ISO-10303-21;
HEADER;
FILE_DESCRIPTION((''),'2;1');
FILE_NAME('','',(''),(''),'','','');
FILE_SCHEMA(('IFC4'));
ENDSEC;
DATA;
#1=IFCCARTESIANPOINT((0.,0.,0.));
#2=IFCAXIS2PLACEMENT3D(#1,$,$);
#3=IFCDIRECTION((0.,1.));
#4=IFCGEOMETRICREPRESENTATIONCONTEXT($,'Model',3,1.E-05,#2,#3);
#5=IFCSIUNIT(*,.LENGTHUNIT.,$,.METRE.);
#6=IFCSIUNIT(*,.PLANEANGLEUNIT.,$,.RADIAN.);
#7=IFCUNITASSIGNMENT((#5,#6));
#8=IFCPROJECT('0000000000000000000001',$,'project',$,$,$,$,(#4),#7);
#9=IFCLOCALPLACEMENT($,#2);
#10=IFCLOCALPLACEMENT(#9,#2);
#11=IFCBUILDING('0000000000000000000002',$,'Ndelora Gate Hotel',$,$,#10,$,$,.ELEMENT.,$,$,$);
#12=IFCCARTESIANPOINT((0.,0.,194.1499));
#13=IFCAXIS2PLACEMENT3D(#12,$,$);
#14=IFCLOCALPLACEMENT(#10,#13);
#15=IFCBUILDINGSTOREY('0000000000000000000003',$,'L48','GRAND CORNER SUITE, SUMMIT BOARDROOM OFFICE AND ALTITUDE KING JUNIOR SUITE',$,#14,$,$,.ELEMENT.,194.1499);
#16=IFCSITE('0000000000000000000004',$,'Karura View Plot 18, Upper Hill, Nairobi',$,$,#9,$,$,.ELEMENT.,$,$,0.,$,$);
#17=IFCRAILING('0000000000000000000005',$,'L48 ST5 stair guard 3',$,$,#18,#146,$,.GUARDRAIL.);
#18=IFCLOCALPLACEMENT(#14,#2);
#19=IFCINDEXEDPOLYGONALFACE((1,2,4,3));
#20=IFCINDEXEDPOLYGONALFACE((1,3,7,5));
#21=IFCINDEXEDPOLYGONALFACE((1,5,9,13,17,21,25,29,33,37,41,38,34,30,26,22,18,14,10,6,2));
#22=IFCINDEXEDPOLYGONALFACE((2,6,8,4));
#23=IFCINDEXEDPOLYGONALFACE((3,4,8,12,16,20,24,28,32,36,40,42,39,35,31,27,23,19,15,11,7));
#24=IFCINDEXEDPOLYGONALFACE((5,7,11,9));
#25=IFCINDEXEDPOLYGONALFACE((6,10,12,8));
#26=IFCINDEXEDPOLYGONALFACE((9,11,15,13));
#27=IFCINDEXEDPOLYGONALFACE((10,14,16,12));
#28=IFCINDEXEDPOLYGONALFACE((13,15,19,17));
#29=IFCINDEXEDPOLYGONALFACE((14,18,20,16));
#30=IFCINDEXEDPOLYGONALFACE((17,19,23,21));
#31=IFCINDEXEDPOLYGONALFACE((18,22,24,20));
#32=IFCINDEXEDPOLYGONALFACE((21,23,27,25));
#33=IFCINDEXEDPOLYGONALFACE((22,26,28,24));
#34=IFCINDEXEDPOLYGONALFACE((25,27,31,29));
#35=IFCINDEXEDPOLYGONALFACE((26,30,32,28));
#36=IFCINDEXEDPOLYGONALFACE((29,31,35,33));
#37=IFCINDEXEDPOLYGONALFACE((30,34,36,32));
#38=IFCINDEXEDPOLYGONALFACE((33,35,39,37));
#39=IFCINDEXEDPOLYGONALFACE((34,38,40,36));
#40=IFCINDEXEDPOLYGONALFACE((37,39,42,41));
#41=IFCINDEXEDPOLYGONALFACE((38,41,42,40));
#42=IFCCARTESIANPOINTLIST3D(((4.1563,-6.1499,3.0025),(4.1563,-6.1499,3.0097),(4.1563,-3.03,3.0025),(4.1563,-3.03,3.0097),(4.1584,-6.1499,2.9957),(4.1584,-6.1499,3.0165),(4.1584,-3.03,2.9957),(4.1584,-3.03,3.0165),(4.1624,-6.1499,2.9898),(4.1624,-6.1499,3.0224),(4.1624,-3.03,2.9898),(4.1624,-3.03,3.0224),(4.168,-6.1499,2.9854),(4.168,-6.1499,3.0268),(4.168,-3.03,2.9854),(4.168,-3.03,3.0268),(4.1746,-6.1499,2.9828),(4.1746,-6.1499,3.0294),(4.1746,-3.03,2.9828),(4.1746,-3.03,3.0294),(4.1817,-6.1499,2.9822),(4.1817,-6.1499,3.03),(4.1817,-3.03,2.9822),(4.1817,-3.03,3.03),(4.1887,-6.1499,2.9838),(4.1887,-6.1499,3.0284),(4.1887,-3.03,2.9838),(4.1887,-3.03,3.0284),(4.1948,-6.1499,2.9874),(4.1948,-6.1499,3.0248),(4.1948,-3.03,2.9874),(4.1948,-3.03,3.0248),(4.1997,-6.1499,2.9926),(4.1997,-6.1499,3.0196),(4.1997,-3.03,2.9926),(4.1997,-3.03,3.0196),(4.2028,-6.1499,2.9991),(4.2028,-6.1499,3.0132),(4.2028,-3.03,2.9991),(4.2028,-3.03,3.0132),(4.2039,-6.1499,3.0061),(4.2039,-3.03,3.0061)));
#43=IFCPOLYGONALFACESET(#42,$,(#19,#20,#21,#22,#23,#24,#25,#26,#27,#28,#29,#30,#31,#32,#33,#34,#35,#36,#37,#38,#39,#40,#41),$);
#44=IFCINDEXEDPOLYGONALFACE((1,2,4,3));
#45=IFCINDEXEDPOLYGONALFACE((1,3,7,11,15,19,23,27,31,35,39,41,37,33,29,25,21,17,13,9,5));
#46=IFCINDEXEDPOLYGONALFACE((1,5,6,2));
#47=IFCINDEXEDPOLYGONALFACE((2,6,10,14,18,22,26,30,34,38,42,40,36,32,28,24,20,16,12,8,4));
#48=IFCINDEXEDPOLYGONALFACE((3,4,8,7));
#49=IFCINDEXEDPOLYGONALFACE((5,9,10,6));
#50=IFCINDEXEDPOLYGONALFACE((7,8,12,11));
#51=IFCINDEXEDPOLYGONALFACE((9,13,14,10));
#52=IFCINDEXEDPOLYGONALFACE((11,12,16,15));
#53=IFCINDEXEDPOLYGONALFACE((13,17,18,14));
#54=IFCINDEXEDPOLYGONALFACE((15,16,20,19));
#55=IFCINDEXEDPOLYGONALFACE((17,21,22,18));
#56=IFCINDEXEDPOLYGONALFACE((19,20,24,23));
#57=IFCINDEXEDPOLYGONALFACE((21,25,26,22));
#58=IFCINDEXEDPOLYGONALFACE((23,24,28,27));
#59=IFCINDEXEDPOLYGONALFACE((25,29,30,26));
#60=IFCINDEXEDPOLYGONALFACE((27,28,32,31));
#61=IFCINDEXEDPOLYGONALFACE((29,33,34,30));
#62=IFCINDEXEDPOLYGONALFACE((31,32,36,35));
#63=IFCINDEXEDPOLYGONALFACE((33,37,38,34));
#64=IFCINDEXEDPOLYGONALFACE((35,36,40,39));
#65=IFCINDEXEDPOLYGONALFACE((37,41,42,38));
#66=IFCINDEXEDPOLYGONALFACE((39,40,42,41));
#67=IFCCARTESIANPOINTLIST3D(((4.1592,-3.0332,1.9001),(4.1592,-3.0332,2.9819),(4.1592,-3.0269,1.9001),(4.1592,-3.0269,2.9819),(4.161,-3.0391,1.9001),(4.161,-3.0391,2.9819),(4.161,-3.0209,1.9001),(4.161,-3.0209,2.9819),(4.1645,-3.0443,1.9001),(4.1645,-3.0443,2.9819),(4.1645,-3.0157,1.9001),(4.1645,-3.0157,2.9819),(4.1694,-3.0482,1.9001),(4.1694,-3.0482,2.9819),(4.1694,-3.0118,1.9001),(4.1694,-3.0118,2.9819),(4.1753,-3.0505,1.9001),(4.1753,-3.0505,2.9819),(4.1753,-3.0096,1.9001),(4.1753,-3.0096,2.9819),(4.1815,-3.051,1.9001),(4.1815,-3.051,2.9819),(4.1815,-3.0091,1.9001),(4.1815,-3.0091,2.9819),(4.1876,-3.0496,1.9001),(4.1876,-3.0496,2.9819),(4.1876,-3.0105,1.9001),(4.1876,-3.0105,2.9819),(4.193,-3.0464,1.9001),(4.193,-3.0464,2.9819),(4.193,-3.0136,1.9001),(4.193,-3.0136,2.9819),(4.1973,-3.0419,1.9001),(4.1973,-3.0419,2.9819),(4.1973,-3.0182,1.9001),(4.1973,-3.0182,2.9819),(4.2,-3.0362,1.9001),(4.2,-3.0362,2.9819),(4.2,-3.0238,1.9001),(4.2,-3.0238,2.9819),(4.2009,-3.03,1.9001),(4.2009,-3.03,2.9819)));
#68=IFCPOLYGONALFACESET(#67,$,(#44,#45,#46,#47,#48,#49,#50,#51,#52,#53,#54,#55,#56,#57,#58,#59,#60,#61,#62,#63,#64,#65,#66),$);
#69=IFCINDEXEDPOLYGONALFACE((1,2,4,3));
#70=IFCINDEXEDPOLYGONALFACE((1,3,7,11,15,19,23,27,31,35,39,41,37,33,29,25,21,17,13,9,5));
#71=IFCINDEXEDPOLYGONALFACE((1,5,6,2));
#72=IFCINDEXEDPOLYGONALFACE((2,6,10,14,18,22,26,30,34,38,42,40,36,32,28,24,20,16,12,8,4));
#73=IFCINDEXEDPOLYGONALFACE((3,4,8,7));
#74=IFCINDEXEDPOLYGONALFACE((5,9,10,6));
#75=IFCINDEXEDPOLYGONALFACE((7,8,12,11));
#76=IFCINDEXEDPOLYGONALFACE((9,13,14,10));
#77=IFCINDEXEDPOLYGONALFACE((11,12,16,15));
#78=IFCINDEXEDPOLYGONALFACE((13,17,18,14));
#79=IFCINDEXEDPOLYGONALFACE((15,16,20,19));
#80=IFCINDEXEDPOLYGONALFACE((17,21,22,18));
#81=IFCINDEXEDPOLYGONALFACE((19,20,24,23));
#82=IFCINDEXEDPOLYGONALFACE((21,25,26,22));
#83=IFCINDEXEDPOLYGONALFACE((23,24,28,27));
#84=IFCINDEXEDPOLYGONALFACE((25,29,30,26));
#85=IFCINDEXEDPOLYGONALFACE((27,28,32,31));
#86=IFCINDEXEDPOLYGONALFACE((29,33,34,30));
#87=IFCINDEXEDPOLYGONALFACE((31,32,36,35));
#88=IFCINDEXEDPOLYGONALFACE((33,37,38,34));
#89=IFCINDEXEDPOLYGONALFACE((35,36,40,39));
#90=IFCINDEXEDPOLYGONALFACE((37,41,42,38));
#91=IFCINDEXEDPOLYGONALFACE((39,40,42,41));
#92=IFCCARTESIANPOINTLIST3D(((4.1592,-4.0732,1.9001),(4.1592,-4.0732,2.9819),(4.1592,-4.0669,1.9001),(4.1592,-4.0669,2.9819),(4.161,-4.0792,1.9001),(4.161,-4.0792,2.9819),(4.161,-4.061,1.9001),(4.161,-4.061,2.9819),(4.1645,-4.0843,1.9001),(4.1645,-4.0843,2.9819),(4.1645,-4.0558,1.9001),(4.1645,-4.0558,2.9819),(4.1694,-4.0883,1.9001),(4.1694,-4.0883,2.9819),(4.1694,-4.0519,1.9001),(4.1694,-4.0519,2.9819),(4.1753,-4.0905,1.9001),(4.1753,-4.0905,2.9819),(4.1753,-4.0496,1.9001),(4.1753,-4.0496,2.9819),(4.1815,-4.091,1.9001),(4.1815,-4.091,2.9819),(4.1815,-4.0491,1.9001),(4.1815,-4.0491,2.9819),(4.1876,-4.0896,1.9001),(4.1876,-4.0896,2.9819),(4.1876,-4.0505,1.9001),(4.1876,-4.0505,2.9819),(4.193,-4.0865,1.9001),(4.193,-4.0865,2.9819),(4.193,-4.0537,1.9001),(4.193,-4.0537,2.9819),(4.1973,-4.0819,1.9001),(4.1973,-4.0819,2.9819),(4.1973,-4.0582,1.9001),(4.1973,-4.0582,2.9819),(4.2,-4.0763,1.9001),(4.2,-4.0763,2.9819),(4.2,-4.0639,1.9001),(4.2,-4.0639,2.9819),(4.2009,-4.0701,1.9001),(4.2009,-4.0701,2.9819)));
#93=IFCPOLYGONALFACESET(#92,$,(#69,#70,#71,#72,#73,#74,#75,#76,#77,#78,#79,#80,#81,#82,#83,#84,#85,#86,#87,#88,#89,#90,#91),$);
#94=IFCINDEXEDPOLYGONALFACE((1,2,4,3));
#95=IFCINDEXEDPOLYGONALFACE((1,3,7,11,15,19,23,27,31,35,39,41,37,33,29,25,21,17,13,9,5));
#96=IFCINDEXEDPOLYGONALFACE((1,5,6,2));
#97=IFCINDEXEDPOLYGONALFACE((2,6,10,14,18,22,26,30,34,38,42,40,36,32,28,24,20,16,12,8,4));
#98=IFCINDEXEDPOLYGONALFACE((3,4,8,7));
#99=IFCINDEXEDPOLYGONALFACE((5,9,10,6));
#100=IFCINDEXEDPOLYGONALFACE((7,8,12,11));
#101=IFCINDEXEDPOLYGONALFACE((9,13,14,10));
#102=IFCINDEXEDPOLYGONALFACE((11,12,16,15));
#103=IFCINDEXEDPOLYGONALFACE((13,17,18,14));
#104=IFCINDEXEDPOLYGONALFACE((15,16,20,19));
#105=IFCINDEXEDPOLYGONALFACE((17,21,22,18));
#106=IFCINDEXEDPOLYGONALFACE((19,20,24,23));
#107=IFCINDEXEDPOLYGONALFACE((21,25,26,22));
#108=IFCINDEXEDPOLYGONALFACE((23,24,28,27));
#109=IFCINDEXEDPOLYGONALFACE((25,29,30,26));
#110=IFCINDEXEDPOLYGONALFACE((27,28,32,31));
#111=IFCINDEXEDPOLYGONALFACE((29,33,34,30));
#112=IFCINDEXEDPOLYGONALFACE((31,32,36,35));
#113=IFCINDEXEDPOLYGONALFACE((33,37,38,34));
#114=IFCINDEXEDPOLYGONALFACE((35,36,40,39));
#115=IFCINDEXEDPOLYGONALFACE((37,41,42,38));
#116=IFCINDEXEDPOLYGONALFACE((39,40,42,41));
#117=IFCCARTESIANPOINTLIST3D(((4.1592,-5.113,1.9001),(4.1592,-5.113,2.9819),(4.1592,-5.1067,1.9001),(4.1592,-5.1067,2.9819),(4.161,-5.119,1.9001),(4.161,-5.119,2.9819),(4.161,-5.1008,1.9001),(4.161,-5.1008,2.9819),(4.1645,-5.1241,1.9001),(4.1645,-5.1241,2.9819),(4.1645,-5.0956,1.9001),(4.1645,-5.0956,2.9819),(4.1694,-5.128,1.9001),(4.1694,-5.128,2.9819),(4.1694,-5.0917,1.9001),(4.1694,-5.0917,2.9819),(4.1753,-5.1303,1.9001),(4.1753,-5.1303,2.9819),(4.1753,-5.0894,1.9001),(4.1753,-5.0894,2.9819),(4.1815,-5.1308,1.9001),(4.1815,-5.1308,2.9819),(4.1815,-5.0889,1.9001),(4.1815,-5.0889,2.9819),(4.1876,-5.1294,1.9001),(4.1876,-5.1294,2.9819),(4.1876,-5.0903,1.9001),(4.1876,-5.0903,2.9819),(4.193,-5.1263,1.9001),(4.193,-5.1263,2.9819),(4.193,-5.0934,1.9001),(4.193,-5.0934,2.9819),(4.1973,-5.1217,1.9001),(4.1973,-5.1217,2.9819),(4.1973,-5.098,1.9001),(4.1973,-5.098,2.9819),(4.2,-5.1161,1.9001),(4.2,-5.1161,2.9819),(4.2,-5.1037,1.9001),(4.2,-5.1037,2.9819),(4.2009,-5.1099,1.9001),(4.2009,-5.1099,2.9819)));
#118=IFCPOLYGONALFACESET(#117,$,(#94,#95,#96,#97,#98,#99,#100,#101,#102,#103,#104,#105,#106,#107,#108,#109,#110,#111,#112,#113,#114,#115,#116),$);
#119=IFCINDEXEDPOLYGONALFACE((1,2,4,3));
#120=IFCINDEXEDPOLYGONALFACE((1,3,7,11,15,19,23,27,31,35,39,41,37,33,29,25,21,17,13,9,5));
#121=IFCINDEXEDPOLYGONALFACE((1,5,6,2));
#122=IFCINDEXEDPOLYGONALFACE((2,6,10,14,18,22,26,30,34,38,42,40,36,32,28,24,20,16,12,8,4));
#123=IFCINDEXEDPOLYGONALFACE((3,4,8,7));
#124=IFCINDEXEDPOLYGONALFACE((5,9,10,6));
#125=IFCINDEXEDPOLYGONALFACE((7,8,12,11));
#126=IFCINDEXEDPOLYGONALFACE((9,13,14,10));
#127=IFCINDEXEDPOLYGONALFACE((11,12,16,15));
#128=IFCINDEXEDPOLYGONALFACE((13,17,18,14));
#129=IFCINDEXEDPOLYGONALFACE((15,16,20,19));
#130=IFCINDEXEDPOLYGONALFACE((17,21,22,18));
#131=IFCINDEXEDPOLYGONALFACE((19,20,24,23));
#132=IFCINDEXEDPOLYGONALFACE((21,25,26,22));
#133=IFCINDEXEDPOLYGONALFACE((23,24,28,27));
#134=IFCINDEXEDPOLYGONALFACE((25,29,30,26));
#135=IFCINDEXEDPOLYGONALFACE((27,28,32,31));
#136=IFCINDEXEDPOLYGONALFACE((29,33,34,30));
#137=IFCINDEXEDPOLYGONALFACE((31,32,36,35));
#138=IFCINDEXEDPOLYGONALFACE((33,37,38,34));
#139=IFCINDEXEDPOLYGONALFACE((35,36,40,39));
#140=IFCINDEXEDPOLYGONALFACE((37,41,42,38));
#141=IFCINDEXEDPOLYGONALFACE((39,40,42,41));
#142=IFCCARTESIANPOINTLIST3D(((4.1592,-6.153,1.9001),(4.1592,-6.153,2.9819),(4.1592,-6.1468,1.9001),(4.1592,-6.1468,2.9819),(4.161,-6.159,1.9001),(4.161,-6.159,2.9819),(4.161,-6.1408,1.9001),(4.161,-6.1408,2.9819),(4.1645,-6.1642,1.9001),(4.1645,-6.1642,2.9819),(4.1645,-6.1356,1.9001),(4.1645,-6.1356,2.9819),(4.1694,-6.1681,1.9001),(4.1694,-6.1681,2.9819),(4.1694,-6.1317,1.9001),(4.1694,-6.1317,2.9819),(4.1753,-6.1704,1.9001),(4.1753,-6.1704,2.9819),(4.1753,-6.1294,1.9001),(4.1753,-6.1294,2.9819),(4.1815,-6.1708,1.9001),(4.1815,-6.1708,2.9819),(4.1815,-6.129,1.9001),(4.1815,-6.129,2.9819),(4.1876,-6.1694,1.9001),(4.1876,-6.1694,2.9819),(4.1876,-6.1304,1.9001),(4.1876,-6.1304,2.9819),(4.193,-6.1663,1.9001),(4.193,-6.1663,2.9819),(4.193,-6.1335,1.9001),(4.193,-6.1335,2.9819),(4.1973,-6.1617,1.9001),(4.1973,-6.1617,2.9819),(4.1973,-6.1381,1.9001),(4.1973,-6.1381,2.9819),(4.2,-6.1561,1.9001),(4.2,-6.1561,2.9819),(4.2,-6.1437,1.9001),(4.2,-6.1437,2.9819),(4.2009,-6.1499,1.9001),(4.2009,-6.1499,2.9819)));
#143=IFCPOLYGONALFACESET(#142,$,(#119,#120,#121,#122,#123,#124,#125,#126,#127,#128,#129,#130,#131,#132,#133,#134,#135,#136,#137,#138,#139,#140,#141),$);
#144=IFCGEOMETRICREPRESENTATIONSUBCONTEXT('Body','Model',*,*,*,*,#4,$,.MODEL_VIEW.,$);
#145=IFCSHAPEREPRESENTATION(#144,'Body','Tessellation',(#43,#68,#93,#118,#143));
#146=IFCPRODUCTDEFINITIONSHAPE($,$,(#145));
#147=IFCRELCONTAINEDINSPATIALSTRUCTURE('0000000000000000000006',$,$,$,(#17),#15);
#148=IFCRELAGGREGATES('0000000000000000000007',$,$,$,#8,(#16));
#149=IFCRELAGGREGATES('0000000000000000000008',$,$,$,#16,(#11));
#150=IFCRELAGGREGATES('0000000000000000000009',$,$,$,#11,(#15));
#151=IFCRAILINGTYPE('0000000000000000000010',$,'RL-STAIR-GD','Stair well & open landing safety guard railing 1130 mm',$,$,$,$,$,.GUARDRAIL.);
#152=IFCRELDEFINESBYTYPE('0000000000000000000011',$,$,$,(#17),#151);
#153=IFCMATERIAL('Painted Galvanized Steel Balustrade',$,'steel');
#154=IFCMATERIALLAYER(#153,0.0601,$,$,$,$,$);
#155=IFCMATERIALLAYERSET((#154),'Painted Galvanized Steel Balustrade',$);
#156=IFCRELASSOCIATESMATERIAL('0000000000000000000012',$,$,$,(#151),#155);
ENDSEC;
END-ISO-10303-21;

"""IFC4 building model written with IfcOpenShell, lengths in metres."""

from ifc_helpers import new_model, si_unit, direction, frame, origin, origin_2d, place, context, subcontext, project, spatial, circle, extrude, material, layer, layer_set, type_object, element, save


model = new_model("IFC4")

# Units and contexts
model_context = context("Model", 3, precision=1e-05, world=origin(), true_north=direction((0.0, 1.0)))
body_context = subcontext(model_context, "Body", "Model", "MODEL_VIEW")
ifc_project = project(units=[si_unit("LENGTHUNIT", "METRE"), si_unit("PLANEANGLEUNIT", "RADIAN")], contexts=[model_context])

# Site, building, storey
site_placement = place(None, origin())
site = spatial("IfcSite", under=ifc_project, at=site_placement, Name="Karura View Plot 18, Upper Hill, Nairobi", CompositionType="ELEMENT", RefElevation=0.0)
building_placement = place(site_placement, origin())
building = spatial("IfcBuilding", under=site, at=building_placement, Name="Ndelora Gate Hotel", CompositionType="ELEMENT")
storey_placement = place(building_placement, frame((0.0, 0.0, 194.1499)))
storey = spatial("IfcBuildingStorey", under=building, at=storey_placement, Name="L48", Description="GRAND CORNER SUITE, SUMMIT BOARDROOM OFFICE AND ALTITUDE KING JUNIOR SUITE", CompositionType="ELEMENT", Elevation=194.1499)

# Railing
ifc_material_1 = material(Name="Painted Galvanized Steel Balustrade", Category="steel")
ifc_layer_1 = layer(ifc_material_1, 0.0601)
ifc_layer_set_1 = layer_set([ifc_layer_1], Name="Painted Galvanized Steel Balustrade")
railing_type_1 = type_object("IfcRailingType", Name="RL-STAIR-GD", Description="Stair well & open landing safety guard railing 1130 mm", PredefinedType="GUARDRAIL", material=ifc_layer_set_1)
for number, where, name in (
    (1, (4.1799, -3.03, 1.9001), "L48 ST5 stair guard 3"),
):
    element("IfcRailing", number, at=place(storey_placement, frame(where)), inside=storey, type_object=railing_type_1, Name=name, PredefinedType="GUARDRAIL", context=body_context, shape_type="SweptSolid", body=[
        extrude(circle(Radius=0.0239, at=origin_2d()), frame((0.0, 0.0, 1.106), z_axis=(0.0, -1.0, 0.0), x_axis=(1.0, 0.0, 0.0)), (0.0, 0.0, 1.0), 3.1199),
        extrude(circle(Radius=0.021, at=origin_2d()), origin(), (0.0, 0.0, 1.0), 1.0818),
        extrude(circle(Radius=0.021, at=origin_2d()), frame((0.0, -1.04, 0.0)), (0.0, 0.0, 1.0), 1.0818),
        extrude(circle(Radius=0.021, at=origin_2d()), frame((0.0, -2.0798, 0.0)), (0.0, 0.0, 1.0), 1.0818),
        extrude(circle(Radius=0.021, at=origin_2d()), frame((0.0, -3.1199, 0.0)), (0.0, 0.0, 1.0), 1.0818),
    ])

save(model, "model.ifc")
